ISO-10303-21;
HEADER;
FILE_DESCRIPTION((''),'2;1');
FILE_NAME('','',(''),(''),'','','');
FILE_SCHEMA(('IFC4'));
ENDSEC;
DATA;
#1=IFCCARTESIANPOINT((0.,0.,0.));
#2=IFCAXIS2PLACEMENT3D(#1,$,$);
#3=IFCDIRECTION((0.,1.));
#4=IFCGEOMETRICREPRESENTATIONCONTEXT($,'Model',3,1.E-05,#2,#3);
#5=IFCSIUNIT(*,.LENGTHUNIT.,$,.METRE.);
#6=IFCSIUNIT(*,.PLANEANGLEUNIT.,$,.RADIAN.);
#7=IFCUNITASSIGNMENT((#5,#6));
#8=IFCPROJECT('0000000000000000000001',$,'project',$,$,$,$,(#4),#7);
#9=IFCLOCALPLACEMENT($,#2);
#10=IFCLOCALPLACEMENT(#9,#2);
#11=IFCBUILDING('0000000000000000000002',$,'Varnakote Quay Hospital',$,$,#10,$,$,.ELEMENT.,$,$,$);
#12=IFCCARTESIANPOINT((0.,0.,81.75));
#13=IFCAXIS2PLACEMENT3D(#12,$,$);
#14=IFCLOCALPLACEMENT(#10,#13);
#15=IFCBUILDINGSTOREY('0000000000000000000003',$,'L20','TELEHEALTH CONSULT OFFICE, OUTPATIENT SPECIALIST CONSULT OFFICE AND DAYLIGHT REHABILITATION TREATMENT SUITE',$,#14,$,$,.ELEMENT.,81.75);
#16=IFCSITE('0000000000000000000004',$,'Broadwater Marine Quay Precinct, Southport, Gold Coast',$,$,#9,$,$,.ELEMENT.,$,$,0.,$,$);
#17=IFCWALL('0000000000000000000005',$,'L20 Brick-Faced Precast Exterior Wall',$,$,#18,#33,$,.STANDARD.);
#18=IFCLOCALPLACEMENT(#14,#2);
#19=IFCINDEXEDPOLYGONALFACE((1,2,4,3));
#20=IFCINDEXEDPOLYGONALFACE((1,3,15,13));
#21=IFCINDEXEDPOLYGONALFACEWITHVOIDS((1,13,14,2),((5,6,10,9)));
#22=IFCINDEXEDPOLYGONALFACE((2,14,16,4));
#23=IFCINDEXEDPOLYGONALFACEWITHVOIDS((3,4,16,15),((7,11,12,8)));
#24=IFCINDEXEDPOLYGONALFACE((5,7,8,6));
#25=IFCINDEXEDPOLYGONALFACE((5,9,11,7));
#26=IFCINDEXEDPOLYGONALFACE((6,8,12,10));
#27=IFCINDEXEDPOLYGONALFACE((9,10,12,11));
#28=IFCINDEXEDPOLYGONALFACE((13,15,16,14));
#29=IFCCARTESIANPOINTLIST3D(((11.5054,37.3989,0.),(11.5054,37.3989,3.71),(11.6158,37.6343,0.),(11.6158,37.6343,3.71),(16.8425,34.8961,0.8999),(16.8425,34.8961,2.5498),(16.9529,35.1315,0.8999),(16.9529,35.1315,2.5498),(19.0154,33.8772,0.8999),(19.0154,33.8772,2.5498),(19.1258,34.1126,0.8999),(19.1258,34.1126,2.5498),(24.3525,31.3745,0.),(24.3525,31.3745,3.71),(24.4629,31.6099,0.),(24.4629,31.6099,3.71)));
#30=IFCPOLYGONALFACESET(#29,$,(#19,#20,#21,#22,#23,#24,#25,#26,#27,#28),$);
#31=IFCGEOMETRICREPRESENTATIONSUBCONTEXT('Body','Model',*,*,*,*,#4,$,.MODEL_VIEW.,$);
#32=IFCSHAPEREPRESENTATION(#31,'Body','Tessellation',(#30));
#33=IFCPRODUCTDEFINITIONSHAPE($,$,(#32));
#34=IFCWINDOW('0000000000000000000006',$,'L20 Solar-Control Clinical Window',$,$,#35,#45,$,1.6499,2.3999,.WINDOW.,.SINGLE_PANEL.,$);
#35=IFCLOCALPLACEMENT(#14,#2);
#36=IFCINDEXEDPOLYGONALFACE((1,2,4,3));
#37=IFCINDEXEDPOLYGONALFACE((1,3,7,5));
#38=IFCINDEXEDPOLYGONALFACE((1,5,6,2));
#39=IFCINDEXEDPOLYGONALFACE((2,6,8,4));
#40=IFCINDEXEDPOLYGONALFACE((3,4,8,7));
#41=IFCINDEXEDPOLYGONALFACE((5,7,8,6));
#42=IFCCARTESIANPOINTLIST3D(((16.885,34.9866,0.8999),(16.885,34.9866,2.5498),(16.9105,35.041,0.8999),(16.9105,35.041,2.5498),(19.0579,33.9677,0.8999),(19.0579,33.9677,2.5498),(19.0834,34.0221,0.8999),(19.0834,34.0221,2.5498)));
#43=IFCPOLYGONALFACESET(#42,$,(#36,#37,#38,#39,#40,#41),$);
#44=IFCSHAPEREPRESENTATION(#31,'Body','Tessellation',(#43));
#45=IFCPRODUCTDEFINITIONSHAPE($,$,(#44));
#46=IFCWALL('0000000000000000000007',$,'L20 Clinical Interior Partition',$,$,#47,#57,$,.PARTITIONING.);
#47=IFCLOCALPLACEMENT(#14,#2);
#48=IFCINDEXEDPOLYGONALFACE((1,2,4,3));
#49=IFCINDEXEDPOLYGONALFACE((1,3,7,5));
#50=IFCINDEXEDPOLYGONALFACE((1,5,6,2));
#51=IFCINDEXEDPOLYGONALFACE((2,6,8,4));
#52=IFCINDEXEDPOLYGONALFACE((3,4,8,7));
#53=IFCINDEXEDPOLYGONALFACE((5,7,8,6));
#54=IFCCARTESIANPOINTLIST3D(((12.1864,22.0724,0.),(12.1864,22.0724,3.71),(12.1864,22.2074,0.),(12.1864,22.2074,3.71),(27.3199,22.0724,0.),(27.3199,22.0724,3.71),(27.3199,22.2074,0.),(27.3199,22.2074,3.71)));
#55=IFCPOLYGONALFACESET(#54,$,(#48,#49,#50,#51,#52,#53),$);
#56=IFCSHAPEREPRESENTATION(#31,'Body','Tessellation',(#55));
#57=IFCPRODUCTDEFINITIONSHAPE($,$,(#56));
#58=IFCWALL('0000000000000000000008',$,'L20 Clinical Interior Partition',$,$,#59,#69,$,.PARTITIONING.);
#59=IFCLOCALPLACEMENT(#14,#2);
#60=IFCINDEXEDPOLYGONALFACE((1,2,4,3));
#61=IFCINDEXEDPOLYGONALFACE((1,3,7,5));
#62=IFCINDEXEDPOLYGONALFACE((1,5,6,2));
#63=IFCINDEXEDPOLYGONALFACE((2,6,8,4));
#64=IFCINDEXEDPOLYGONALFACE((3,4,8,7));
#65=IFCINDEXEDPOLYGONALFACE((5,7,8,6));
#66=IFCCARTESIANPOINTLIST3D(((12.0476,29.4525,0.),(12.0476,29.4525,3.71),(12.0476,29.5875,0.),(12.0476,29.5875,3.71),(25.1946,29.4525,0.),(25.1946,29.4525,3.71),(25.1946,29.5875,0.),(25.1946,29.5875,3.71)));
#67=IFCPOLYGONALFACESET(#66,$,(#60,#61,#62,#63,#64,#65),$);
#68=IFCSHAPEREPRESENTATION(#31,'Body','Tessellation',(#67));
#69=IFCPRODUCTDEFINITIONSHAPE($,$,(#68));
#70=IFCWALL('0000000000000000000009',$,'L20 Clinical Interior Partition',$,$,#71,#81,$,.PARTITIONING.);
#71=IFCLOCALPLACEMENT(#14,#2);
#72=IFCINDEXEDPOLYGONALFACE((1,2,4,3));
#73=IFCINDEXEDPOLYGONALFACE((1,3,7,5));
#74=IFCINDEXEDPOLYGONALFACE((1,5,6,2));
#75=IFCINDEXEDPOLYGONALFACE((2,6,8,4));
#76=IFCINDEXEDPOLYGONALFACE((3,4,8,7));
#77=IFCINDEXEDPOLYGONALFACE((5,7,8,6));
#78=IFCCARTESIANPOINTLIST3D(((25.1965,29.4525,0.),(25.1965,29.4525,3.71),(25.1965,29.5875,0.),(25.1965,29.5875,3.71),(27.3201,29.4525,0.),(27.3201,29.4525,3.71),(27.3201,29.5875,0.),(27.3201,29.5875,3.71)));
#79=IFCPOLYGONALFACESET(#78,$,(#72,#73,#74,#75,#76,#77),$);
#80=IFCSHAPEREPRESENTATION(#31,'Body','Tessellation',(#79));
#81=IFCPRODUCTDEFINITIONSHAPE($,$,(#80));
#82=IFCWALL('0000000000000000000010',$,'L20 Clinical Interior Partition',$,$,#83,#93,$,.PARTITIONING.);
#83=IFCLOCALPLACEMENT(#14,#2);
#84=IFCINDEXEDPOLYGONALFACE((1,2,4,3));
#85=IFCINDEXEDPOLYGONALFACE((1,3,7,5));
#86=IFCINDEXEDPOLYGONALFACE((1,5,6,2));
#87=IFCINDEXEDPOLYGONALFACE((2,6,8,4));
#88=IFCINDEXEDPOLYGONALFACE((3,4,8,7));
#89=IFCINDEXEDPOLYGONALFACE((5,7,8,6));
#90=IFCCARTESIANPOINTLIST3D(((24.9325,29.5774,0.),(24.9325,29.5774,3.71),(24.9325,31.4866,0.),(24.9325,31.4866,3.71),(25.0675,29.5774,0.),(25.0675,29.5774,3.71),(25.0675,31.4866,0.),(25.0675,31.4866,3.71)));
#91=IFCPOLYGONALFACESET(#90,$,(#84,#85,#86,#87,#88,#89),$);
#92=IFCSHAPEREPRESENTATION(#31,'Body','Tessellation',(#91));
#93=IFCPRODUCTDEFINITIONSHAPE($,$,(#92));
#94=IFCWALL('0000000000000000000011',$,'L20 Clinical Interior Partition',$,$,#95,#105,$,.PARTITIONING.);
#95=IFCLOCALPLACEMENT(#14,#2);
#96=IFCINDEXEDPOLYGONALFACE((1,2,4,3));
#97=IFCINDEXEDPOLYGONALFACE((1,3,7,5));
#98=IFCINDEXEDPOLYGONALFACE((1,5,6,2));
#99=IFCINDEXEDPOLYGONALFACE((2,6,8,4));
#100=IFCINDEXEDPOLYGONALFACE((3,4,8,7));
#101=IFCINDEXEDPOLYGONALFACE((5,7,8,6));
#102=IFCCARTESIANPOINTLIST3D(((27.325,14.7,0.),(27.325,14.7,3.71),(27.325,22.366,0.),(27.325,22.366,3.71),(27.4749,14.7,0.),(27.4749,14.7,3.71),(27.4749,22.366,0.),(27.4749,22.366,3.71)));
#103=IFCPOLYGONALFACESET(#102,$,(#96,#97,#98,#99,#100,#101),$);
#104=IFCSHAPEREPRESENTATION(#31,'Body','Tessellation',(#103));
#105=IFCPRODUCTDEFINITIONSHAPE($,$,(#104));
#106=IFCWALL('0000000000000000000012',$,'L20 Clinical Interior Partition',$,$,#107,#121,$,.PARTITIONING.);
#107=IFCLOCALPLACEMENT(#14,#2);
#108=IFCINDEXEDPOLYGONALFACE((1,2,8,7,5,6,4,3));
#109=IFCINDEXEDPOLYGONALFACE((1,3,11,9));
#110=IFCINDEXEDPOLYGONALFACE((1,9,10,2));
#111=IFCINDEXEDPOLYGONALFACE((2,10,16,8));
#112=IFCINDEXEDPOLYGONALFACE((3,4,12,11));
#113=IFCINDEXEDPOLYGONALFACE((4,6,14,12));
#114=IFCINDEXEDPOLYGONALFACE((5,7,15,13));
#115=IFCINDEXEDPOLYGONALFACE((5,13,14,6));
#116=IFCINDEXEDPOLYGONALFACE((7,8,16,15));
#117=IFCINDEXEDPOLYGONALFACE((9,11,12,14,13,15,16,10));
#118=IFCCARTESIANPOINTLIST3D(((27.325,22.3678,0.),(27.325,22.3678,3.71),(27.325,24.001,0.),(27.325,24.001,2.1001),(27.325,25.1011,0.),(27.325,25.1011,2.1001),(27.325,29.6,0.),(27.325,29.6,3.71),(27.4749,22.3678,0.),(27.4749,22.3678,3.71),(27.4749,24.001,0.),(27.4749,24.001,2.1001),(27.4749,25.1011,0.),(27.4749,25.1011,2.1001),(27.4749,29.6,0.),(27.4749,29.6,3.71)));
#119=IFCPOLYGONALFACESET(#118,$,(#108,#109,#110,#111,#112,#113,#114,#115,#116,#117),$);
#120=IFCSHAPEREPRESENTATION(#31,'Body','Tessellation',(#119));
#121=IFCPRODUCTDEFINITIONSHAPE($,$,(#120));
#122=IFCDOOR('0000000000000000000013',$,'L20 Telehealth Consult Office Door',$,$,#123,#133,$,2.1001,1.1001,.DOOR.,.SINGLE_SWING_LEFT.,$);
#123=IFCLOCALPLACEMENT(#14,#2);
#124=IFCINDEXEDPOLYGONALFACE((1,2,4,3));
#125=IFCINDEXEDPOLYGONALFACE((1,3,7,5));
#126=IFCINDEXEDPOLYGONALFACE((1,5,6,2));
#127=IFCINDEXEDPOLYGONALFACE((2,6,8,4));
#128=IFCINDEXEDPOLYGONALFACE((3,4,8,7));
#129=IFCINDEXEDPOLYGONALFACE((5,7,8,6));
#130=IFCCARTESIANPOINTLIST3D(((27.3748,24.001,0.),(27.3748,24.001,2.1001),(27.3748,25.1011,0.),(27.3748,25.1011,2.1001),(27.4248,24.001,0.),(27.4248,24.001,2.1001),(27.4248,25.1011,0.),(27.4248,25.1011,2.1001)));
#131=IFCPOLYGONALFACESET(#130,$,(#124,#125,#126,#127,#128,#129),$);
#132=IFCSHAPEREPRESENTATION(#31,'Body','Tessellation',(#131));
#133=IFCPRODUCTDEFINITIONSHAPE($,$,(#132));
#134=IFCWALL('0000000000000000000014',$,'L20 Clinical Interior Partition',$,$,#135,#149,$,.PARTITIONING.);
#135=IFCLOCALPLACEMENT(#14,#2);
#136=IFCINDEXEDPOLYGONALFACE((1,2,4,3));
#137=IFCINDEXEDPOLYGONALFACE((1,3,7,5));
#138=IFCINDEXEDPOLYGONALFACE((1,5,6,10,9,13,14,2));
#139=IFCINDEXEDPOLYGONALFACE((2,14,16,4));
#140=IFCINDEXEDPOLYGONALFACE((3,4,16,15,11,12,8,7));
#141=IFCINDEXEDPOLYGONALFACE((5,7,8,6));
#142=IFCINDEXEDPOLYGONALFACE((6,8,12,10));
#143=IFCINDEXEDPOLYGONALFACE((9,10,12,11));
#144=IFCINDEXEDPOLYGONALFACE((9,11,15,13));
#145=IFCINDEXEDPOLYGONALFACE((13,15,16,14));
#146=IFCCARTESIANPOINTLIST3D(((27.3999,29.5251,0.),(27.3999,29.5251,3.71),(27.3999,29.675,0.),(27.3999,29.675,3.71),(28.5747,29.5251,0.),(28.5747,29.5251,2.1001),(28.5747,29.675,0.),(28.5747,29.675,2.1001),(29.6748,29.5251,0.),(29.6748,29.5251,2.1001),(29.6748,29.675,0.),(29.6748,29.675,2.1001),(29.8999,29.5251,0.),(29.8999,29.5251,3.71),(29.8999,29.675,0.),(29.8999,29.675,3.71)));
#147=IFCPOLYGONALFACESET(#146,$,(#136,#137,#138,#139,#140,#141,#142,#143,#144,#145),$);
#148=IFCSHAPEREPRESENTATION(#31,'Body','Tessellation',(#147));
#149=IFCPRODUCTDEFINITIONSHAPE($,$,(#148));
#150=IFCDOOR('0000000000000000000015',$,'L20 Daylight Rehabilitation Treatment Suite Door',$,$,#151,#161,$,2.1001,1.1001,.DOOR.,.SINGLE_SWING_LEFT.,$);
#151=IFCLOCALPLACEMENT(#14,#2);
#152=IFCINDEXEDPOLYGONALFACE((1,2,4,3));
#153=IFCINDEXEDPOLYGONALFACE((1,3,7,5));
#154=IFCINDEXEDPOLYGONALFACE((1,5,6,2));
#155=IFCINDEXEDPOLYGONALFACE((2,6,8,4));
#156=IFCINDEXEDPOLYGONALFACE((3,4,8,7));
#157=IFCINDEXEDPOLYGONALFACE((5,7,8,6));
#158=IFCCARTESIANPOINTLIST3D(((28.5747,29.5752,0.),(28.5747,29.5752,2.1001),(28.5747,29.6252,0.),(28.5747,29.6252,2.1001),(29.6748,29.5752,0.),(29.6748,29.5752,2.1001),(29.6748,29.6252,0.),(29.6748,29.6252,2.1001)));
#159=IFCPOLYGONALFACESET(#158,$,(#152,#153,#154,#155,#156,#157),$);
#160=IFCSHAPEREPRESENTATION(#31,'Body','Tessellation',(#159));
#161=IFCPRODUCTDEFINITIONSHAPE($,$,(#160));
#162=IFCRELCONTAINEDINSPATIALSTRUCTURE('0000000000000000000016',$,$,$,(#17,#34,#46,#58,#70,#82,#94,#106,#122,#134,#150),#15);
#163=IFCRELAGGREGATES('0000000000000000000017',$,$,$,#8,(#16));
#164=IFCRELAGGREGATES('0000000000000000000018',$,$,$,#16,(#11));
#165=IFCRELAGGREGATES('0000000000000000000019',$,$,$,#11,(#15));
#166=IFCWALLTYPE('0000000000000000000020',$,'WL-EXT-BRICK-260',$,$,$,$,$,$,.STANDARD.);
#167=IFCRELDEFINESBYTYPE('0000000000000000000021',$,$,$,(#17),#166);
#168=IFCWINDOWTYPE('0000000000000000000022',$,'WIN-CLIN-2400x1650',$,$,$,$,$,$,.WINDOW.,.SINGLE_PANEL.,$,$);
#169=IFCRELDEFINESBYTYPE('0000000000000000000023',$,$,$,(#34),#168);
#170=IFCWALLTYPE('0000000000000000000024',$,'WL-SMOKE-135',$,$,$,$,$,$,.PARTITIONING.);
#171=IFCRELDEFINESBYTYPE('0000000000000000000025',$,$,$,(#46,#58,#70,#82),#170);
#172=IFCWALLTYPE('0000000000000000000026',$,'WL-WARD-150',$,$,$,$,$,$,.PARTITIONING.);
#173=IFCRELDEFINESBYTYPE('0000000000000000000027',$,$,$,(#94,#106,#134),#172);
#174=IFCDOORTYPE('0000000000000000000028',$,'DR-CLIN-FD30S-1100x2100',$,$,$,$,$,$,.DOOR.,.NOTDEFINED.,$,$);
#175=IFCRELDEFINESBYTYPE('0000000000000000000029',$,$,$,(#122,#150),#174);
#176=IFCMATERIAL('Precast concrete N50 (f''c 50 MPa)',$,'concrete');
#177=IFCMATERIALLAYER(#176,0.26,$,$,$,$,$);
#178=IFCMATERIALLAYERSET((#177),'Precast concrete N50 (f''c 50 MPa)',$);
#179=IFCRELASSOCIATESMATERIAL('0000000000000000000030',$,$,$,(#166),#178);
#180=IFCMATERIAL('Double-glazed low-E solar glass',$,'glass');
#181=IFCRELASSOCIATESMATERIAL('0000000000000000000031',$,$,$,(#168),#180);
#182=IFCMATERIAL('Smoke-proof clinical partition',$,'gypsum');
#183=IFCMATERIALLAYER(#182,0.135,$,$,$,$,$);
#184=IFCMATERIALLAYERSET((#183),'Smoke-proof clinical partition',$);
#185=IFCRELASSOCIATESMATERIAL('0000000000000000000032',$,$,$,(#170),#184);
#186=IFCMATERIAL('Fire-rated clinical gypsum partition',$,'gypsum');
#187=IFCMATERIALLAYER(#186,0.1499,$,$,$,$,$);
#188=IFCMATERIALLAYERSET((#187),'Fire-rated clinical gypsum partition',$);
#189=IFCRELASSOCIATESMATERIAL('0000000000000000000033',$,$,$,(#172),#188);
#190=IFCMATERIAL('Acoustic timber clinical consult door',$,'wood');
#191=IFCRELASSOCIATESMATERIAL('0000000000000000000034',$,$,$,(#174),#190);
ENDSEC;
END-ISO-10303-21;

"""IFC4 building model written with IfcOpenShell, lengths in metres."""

from ifc_helpers import new_model, si_unit, direction, frame, frame_2d, origin, place, context, subcontext, project, spatial, rectangle, extrude, material, layer, layer_set, type_object, element, fill, save


model = new_model("IFC4")

# Units and contexts
model_context = context("Model", 3, precision=1e-05, world=origin(), true_north=direction((0.0, 1.0)))
body_context = subcontext(model_context, "Body", "Model", "MODEL_VIEW")
ifc_project = project(units=[si_unit("LENGTHUNIT", "METRE"), si_unit("PLANEANGLEUNIT", "RADIAN")], contexts=[model_context])

# Site, building, storey
site_placement = place(None, origin())
site = spatial("IfcSite", under=ifc_project, at=site_placement, Name="Broadwater Marine Quay Precinct, Southport, Gold Coast", CompositionType="ELEMENT", RefElevation=0.0)
building_placement = place(site_placement, origin())
building = spatial("IfcBuilding", under=site, at=building_placement, Name="Varnakote Quay Hospital", CompositionType="ELEMENT")
storey_placement = place(building_placement, frame((0.0, 0.0, 81.75)))
storey = spatial("IfcBuildingStorey", under=building, at=storey_placement, Name="L20", Description="TELEHEALTH CONSULT OFFICE, OUTPATIENT SPECIALIST CONSULT OFFICE AND DAYLIGHT REHABILITATION TREATMENT SUITE", CompositionType="ELEMENT", Elevation=81.75)

# Wall, opening, window
ifc_material_1 = material(Name="Precast concrete N50 (f'c 50 MPa)", Category="concrete")
ifc_layer_1 = layer(ifc_material_1, 0.26)
ifc_layer_set_1 = layer_set([ifc_layer_1], Name="Precast concrete N50 (f'c 50 MPa)")
wall_type_1 = type_object("IfcWallType", Name="WL-EXT-BRICK-260", PredefinedType="STANDARD", material=ifc_layer_set_1)
wall_1_placement = place(storey_placement, frame((24.4077, 31.4922, 0.0), z_axis=(0.0, 0.0, 1.0), x_axis=(-0.905397, 0.424567, 0.0)))
wall_1 = element("IfcWall", 1, at=wall_1_placement, inside=storey, type_object=wall_type_1, Name="L20 Brick-Faced Precast Exterior Wall", PredefinedType="STANDARD", context=body_context, shape_type="SweptSolid", body=[
    extrude(rectangle(XDim=14.1895, YDim=0.26, at=frame_2d((7.0947, 0.0))), origin(), (0.0, 0.0, 1.0), 3.71),
])
opening_1_placement = place(wall_1_placement, frame((5.8948, 0.0, 0.8999)))
opening_1 = element("IfcOpeningElement", 2, at=opening_1_placement, cuts=wall_1, PredefinedType="OPENING", context=body_context, shape_type="SweptSolid", body=[
    extrude(rectangle(XDim=2.3999, YDim=1.6499, at=frame_2d((1.2, 0.825))), frame((0.0, 0.1399, 0.0), z_axis=(0.0, -1.0, 0.0), x_axis=(1.0, 0.0, 0.0)), (0.0, 0.0, 1.0), 0.28),
])
ifc_material_2 = material(Name="Double-glazed low-E solar glass", Category="glass")
window_type = type_object("IfcWindowType", Name="WIN-CLIN-2400x1650", PartitioningType="SINGLE_PANEL", PredefinedType="WINDOW", material=ifc_material_2)
window_placement = place(opening_1_placement, origin())
window = element("IfcWindow", 3, at=window_placement, inside=storey, type_object=window_type, Name="L20 Solar-Control Clinical Window", OverallHeight=1.6499, OverallWidth=2.3999, PartitioningType="SINGLE_PANEL", PredefinedType="WINDOW", context=body_context, shape_type="SweptSolid", body=[
    extrude(rectangle(XDim=2.3999, YDim=1.6499, at=frame_2d((1.2, 0.825))), frame((0.0, 0.03, 0.0), z_axis=(0.0, -1.0, 0.0), x_axis=(1.0, 0.0, 0.0)), (0.0, 0.0, 1.0), 0.0601),
])
fill(opening_1, window)

# Walls
ifc_material_3 = material(Name="Smoke-proof clinical partition", Category="gypsum")
ifc_layer_2 = layer(ifc_material_3, 0.135)
ifc_layer_set_2 = layer_set([ifc_layer_2], Name="Smoke-proof clinical partition")
wall_type_2 = type_object("IfcWallType", Name="WL-SMOKE-135", PredefinedType="PARTITIONING", material=ifc_layer_set_2)
wall_2_placement = place(storey_placement, frame((27.3201, 22.1399, 0.0), z_axis=(0.0, 0.0, 1.0), x_axis=(-1.0, 0.0, 0.0)))
element("IfcWall", 4, at=wall_2_placement, inside=storey, type_object=wall_type_2, Name="L20 Clinical Interior Partition", PredefinedType="PARTITIONING", context=body_context, shape_type="SweptSolid", body=[
    extrude(rectangle(XDim=15.1335, YDim=0.135, at=frame_2d((7.5669, 0.0))), origin(), (0.0, 0.0, 1.0), 3.71),
])
wall_3_placement = place(storey_placement, frame((25.1946, 29.52, 0.0), z_axis=(0.0, 0.0, 1.0), x_axis=(-1.0, 0.0, 0.0)))
element("IfcWall", 5, at=wall_3_placement, inside=storey, type_object=wall_type_2, Name="L20 Clinical Interior Partition", PredefinedType="PARTITIONING", context=body_context, shape_type="SweptSolid", body=[
    extrude(rectangle(XDim=13.147, YDim=0.135, at=frame_2d((6.5735, 0.0))), origin(), (0.0, 0.0, 1.0), 3.71),
])
wall_4_placement = place(storey_placement, frame((27.3201, 29.52, 0.0), z_axis=(0.0, 0.0, 1.0), x_axis=(-1.0, 0.0, 0.0)))
element("IfcWall", 6, at=wall_4_placement, inside=storey, type_object=wall_type_2, Name="L20 Clinical Interior Partition", PredefinedType="PARTITIONING", context=body_context, shape_type="SweptSolid", body=[
    extrude(rectangle(XDim=2.1235, YDim=0.135, at=frame_2d((1.0618, 0.0))), origin(), (0.0, 0.0, 1.0), 3.71),
])
wall_5_placement = place(storey_placement, frame((25.0, 29.5774, 0.0), z_axis=(0.0, 0.0, 1.0), x_axis=(0.0, 1.0, 0.0)))
element("IfcWall", 7, at=wall_5_placement, inside=storey, type_object=wall_type_2, Name="L20 Clinical Interior Partition", PredefinedType="PARTITIONING", context=body_context, shape_type="SweptSolid", body=[
    extrude(rectangle(XDim=1.9092, YDim=0.135, at=frame_2d((0.9546, 0.0))), origin(), (0.0, 0.0, 1.0), 3.71),
])
ifc_material_4 = material(Name="Fire-rated clinical gypsum partition", Category="gypsum")
ifc_layer_3 = layer(ifc_material_4, 0.1499)
ifc_layer_set_3 = layer_set([ifc_layer_3], Name="Fire-rated clinical gypsum partition")
wall_type_3 = type_object("IfcWallType", Name="WL-WARD-150", PredefinedType="PARTITIONING", material=ifc_layer_set_3)
wall_6_placement = place(storey_placement, frame((27.3999, 22.366, 0.0), z_axis=(0.0, 0.0, 1.0), x_axis=(0.0, -1.0, 0.0)))
element("IfcWall", 8, at=wall_6_placement, inside=storey, type_object=wall_type_3, Name="L20 Clinical Interior Partition", PredefinedType="PARTITIONING", context=body_context, shape_type="SweptSolid", body=[
    extrude(rectangle(XDim=7.666, YDim=0.1499, at=frame_2d((3.833, 0.0))), origin(), (0.0, 0.0, 1.0), 3.71),
])

# Walls, openings, doors
wall_7_placement = place(storey_placement, frame((27.3999, 29.6001, 0.0), z_axis=(0.0, 0.0, 1.0), x_axis=(0.0, -1.0, 0.0)))
wall_7 = element("IfcWall", 9, at=wall_7_placement, inside=storey, type_object=wall_type_3, Name="L20 Clinical Interior Partition", PredefinedType="PARTITIONING", context=body_context, shape_type="SweptSolid", body=[
    extrude(rectangle(XDim=7.2322, YDim=0.1499, at=frame_2d((3.6162, 0.0))), origin(), (0.0, 0.0, 1.0), 3.71),
])
opening_2_placement = place(wall_7_placement, frame((4.499, 0.0, 0.0)))
opening_2 = element("IfcOpeningElement", 10, at=opening_2_placement, cuts=wall_7, PredefinedType="OPENING", context=body_context, shape_type="SweptSolid", body=[
    extrude(rectangle(XDim=1.1001, YDim=2.1001, at=frame_2d((0.55, 1.05))), frame((0.0, 0.085, 0.0), z_axis=(0.0, -1.0, 0.0), x_axis=(1.0, 0.0, 0.0)), (0.0, 0.0, 1.0), 0.1699),
])
ifc_material_5 = material(Name="Acoustic timber clinical consult door", Category="wood")
door_type = type_object("IfcDoorType", Name="DR-CLIN-FD30S-1100x2100", OperationType="NOTDEFINED", PredefinedType="DOOR", material=ifc_material_5)
door_1_placement = place(opening_2_placement, origin())
door_1 = element("IfcDoor", 11, at=door_1_placement, inside=storey, type_object=door_type, Name="L20 Telehealth Consult Office Door", OperationType="SINGLE_SWING_LEFT", OverallHeight=2.1001, OverallWidth=1.1001, PredefinedType="DOOR", context=body_context, shape_type="SweptSolid", body=[
    extrude(rectangle(XDim=1.1001, YDim=2.1001, at=frame_2d((0.55, 1.05))), frame((0.0, 0.0249, 0.0), z_axis=(0.0, -1.0, 0.0), x_axis=(1.0, 0.0, 0.0)), (0.0, 0.0, 1.0), 0.05),
])
fill(opening_2, door_1)
wall_8_placement = place(storey_placement, frame((29.8999, 29.6001, 0.0), z_axis=(0.0, 0.0, 1.0), x_axis=(-1.0, 0.0, 0.0)))
wall_8 = element("IfcWall", 12, at=wall_8_placement, inside=storey, type_object=wall_type_3, Name="L20 Clinical Interior Partition", PredefinedType="PARTITIONING", context=body_context, shape_type="SweptSolid", body=[
    extrude(rectangle(XDim=2.5, YDim=0.1499, at=frame_2d((1.25, 0.0))), origin(), (0.0, 0.0, 1.0), 3.71),
])
opening_3_placement = place(wall_8_placement, frame((0.2251, 0.0, 0.0)))
opening_3 = element("IfcOpeningElement", 13, at=opening_3_placement, cuts=wall_8, PredefinedType="OPENING", context=body_context, shape_type="SweptSolid", body=[
    extrude(rectangle(XDim=1.1001, YDim=2.1001, at=frame_2d((0.55, 1.05))), frame((0.0, 0.085, 0.0), z_axis=(0.0, -1.0, 0.0), x_axis=(1.0, 0.0, 0.0)), (0.0, 0.0, 1.0), 0.1699),
])
door_2_placement = place(opening_3_placement, origin())
door_2 = element("IfcDoor", 14, at=door_2_placement, inside=storey, type_object=door_type, Name="L20 Daylight Rehabilitation Treatment Suite Door", OperationType="SINGLE_SWING_LEFT", OverallHeight=2.1001, OverallWidth=1.1001, PredefinedType="DOOR", context=body_context, shape_type="SweptSolid", body=[
    extrude(rectangle(XDim=1.1001, YDim=2.1001, at=frame_2d((0.55, 1.05))), frame((0.0, 0.0249, 0.0), z_axis=(0.0, -1.0, 0.0), x_axis=(1.0, 0.0, 0.0)), (0.0, 0.0, 1.0), 0.05),
])
fill(opening_3, door_2)

save(model, "model.ifc")
